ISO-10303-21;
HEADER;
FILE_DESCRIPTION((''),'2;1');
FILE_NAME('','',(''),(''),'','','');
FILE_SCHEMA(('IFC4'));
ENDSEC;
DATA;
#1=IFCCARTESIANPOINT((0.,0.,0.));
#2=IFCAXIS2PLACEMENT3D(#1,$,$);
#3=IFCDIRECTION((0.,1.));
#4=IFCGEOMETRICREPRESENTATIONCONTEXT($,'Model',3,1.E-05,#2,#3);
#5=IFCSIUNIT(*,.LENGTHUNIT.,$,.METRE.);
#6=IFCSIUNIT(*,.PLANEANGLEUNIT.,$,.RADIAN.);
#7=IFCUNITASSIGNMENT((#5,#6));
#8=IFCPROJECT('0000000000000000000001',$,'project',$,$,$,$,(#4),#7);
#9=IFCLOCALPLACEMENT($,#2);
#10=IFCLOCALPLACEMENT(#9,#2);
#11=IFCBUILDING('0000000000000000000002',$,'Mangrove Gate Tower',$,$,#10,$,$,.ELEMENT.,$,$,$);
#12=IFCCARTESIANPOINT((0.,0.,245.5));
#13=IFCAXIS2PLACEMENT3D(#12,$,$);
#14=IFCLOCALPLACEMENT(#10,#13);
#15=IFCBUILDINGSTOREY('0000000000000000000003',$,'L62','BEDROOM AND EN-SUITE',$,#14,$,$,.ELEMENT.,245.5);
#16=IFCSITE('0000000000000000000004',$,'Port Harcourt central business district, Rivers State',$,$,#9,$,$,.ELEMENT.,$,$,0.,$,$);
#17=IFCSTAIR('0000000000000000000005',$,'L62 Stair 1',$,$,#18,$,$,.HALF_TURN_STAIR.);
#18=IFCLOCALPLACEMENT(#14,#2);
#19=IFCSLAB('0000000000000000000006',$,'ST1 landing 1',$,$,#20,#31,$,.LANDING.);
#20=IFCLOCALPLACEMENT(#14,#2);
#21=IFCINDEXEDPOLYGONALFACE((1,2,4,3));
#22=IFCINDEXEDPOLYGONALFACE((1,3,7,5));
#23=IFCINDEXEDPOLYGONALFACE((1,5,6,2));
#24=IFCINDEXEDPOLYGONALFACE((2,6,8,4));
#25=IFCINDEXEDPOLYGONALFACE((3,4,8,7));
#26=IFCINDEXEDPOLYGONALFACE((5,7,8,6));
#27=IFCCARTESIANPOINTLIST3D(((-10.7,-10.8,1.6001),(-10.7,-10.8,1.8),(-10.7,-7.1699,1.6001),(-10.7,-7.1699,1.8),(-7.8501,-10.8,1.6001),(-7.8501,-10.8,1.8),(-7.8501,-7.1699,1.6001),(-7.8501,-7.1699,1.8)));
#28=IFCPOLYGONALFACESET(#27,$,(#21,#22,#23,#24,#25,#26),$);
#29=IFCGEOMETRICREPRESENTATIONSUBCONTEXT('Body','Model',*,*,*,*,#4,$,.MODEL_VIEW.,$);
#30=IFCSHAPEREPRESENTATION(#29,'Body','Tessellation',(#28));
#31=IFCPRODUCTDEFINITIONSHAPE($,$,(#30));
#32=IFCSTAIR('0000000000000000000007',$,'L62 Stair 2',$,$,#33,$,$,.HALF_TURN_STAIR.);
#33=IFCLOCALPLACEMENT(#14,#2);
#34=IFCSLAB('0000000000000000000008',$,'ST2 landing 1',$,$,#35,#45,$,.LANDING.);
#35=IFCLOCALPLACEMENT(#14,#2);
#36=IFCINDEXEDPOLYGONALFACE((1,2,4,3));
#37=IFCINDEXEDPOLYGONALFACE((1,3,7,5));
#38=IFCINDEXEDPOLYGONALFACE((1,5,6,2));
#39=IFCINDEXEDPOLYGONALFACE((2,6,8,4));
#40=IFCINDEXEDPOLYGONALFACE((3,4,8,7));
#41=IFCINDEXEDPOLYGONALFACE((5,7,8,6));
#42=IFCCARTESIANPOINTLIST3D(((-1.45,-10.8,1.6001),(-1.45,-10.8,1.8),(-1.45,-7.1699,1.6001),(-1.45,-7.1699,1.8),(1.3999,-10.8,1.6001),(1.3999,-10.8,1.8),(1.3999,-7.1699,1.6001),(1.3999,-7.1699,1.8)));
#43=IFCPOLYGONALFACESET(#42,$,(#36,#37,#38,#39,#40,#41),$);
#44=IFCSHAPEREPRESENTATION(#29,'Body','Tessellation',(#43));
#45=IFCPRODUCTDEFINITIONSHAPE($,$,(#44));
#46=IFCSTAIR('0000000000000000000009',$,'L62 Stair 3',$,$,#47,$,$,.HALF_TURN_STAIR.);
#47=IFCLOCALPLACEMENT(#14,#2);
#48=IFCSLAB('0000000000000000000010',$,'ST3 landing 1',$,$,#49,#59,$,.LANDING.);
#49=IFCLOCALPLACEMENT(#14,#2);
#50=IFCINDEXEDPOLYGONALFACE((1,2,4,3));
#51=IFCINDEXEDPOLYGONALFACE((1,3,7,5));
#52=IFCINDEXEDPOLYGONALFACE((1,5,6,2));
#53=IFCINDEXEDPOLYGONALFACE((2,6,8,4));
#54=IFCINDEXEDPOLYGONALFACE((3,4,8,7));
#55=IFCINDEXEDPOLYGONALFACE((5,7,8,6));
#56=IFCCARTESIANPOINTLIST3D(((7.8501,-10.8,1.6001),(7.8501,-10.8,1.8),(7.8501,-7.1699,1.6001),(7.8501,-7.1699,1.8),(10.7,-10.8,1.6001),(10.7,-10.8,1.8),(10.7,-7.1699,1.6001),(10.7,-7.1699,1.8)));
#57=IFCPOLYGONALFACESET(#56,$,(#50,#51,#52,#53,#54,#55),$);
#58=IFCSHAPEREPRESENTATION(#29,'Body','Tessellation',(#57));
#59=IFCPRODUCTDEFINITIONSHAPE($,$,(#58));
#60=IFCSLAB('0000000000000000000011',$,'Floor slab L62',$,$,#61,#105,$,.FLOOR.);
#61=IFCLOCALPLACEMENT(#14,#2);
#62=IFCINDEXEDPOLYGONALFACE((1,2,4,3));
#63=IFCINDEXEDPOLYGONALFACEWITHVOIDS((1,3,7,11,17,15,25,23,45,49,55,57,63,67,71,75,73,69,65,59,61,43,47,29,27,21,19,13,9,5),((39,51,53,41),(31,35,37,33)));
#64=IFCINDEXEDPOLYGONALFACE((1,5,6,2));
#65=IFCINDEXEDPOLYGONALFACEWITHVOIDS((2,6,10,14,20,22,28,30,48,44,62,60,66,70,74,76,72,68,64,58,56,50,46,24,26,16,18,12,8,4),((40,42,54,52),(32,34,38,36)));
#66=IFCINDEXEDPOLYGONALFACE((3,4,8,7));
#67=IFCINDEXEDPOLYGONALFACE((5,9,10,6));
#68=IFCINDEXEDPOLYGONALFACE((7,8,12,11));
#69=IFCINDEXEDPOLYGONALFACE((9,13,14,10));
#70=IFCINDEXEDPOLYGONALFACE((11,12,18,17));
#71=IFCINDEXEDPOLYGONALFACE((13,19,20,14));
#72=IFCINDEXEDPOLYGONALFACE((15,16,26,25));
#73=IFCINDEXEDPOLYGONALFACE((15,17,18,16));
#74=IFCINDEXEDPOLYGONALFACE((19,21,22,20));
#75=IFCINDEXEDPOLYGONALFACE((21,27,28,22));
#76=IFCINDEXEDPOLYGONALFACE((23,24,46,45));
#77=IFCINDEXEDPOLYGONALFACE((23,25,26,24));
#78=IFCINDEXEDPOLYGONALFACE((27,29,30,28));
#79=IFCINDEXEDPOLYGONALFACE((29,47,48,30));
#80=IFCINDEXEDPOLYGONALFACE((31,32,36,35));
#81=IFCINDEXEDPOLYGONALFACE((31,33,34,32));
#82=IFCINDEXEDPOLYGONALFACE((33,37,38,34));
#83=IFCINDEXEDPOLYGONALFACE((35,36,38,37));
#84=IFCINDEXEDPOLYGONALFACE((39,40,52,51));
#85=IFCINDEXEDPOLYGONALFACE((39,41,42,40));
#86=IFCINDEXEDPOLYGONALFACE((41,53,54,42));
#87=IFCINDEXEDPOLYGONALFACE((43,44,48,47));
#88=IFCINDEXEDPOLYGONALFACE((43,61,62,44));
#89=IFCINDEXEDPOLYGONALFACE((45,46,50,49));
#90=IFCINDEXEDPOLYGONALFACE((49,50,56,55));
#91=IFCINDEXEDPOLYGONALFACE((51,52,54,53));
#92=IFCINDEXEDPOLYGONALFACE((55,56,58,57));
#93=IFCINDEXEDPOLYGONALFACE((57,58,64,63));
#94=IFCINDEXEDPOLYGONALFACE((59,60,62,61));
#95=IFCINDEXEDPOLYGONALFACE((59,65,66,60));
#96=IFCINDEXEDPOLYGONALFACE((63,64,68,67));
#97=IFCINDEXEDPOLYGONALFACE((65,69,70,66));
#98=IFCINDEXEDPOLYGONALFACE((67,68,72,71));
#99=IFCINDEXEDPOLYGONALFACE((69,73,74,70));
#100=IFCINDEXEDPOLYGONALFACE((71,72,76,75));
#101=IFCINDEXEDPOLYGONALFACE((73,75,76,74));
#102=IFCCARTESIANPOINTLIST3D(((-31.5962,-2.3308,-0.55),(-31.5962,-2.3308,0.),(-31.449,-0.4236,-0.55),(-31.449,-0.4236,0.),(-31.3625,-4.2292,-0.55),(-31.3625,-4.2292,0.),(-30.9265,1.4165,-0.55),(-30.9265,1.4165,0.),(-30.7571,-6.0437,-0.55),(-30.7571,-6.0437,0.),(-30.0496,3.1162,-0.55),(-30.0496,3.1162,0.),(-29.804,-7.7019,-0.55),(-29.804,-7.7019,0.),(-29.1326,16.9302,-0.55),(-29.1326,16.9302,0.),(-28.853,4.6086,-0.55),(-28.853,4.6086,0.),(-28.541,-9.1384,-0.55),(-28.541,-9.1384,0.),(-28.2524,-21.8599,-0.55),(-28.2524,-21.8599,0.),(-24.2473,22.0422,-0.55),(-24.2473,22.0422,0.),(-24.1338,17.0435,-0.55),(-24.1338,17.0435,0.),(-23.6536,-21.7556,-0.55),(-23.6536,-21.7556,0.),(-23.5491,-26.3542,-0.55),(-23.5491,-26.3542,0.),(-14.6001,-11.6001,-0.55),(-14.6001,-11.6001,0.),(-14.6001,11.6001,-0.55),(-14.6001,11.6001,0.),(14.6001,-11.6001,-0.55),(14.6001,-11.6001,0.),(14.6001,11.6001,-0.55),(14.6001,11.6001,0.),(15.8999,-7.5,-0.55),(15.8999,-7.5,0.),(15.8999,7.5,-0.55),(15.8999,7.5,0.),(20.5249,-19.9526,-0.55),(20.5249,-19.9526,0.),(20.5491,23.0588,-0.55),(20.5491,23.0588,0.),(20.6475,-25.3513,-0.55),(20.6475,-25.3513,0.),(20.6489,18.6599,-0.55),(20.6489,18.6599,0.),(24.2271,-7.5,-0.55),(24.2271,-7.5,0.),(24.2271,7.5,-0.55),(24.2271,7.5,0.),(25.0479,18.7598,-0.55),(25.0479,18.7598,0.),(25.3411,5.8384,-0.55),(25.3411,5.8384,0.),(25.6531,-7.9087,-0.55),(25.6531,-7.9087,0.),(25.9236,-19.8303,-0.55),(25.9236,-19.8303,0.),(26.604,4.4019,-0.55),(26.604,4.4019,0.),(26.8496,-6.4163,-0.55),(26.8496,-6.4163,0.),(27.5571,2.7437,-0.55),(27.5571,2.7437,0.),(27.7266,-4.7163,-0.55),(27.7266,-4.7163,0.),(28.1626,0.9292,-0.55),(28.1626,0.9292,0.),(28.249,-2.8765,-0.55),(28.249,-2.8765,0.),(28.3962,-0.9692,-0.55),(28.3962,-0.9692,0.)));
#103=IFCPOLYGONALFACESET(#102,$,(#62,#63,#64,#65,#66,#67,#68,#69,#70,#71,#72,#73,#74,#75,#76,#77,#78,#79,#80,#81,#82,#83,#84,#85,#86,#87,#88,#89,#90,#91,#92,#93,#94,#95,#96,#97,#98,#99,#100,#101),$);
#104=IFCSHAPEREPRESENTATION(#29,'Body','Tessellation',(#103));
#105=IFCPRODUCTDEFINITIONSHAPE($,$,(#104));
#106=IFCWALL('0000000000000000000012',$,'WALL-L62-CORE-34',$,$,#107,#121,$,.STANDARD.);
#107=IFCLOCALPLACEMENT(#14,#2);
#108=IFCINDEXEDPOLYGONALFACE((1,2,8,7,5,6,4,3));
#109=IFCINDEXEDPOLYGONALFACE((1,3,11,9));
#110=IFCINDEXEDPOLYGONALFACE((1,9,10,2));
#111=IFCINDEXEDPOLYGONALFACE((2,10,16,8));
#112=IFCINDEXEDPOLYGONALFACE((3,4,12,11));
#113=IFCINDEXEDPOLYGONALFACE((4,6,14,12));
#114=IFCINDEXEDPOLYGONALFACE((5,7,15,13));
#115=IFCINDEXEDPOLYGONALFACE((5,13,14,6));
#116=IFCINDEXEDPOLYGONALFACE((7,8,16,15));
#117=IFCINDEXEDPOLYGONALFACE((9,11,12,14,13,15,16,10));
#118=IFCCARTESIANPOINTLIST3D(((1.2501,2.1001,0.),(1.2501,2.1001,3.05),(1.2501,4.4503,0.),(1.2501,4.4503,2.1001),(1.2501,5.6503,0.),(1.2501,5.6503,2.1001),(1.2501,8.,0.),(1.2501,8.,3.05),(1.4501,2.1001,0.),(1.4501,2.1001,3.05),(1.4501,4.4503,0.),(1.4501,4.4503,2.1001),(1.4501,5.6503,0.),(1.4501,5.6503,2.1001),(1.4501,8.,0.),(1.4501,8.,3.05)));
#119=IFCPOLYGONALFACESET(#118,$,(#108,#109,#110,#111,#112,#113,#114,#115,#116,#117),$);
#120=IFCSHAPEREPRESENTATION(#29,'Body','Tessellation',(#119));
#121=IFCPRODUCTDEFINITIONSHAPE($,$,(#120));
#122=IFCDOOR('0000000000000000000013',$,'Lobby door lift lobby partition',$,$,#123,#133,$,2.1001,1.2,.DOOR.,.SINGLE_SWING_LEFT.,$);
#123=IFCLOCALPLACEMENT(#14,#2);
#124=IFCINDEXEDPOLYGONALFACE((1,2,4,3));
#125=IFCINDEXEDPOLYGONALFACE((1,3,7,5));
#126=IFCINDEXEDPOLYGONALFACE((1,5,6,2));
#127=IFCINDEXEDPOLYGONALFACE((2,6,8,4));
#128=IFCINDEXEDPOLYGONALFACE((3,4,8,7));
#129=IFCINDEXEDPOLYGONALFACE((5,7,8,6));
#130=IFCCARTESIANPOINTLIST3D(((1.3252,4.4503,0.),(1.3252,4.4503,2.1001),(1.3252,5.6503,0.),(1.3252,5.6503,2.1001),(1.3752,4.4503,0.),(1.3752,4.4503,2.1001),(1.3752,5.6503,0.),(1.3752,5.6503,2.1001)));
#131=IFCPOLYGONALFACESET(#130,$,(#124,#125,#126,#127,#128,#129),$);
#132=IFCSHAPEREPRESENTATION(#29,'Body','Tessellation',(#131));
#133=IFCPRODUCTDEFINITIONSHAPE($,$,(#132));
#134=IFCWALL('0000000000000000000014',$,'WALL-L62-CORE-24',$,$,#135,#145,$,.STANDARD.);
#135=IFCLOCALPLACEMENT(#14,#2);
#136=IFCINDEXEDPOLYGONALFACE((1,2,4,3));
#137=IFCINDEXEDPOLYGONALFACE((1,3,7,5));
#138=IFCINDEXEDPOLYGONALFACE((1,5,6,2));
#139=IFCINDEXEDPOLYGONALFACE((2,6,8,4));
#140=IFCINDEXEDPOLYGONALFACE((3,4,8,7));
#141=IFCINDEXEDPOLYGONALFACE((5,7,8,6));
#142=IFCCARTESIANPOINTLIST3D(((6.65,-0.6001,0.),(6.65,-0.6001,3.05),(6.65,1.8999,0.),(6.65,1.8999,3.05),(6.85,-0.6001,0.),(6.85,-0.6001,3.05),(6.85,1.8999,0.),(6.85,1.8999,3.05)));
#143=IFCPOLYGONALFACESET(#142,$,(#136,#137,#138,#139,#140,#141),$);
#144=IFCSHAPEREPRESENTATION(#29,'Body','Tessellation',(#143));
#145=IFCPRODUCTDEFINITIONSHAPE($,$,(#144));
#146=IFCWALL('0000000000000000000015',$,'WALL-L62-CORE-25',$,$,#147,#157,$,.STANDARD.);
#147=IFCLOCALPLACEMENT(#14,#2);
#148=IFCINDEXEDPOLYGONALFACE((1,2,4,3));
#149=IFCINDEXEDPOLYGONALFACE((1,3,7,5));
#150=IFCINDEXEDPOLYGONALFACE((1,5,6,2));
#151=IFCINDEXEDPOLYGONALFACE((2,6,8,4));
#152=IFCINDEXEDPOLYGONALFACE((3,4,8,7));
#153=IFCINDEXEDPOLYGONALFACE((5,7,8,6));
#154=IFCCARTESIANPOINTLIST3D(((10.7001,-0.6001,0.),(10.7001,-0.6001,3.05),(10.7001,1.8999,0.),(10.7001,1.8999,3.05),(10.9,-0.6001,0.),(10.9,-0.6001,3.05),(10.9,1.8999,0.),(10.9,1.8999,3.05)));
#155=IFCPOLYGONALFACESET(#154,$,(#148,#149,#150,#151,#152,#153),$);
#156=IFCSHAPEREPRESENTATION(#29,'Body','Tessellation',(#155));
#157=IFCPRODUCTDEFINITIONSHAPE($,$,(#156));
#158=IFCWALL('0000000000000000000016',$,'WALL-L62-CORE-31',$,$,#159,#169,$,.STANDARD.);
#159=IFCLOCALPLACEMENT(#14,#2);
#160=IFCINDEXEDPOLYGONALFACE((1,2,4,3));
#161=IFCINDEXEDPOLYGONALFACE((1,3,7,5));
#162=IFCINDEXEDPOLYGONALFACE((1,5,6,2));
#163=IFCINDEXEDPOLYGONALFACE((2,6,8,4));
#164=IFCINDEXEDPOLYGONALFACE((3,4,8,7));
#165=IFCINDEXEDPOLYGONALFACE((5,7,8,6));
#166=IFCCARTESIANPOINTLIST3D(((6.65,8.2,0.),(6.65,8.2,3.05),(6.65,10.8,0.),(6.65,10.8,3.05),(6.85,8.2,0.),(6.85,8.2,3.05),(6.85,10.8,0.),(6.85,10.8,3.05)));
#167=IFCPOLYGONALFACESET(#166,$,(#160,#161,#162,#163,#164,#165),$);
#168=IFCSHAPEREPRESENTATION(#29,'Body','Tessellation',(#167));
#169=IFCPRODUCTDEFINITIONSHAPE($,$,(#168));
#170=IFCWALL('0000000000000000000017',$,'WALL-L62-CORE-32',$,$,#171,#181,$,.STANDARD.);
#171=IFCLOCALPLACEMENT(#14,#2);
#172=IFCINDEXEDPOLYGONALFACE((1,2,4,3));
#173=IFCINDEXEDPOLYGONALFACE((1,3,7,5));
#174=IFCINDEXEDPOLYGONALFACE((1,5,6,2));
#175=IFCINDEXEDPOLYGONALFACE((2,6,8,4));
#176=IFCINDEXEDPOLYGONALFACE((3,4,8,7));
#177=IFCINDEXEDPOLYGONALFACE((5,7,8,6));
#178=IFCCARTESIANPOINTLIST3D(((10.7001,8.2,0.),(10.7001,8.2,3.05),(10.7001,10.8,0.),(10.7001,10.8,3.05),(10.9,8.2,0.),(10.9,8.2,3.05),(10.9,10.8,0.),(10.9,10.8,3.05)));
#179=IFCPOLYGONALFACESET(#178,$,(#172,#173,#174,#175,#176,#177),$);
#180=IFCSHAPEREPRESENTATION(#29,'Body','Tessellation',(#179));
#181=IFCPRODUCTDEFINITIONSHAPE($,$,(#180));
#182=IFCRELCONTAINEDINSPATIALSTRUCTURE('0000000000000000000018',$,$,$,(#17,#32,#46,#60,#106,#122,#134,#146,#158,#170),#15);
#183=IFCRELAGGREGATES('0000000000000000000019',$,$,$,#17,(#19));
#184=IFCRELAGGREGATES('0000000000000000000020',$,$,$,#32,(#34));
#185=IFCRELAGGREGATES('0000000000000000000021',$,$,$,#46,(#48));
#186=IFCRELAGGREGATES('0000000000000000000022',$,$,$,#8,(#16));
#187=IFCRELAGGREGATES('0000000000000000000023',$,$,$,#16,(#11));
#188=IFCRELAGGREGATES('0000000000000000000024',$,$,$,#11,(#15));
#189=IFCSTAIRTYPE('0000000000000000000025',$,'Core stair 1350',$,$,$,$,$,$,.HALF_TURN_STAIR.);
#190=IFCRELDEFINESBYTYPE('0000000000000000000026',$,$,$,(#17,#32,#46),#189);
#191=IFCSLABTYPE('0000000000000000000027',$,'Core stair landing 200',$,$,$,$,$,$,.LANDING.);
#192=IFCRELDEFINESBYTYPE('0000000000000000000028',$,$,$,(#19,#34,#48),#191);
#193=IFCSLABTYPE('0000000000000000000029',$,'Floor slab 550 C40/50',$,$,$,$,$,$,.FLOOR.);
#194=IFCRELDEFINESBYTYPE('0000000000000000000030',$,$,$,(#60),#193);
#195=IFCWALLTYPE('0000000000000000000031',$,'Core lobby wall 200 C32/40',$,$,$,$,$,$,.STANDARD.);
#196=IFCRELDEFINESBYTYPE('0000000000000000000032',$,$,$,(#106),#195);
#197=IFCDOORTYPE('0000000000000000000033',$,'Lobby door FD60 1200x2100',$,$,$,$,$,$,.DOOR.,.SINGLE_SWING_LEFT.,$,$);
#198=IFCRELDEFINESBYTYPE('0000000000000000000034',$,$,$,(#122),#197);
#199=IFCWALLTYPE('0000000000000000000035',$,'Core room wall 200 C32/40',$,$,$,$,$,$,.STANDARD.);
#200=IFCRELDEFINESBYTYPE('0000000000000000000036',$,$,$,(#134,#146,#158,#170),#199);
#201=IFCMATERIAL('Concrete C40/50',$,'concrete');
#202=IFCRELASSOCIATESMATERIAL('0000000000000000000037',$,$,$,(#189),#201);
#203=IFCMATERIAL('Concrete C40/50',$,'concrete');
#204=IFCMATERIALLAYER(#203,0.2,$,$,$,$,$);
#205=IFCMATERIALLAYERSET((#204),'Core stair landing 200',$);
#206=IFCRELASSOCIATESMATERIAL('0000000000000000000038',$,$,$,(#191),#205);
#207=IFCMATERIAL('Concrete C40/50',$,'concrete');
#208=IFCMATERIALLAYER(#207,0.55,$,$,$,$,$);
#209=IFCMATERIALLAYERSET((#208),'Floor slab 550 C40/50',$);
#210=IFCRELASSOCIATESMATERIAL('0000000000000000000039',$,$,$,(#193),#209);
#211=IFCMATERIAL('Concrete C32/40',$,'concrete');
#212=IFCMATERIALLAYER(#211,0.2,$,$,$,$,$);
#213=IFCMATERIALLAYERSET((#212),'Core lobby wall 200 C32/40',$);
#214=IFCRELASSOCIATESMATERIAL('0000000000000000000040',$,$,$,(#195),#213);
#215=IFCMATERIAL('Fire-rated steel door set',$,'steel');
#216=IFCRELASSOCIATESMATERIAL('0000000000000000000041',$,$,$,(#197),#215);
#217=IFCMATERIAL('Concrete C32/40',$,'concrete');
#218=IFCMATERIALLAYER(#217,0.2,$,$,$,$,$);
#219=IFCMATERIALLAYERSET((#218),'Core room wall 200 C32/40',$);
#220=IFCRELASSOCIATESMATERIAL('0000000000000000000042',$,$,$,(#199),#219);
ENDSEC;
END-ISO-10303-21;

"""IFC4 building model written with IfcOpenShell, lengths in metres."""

from ifc_helpers import new_model, si_unit, direction, frame, frame_2d, origin, place, context, subcontext, project, spatial, polyline, rectangle, outline, extrude, material, layer, layer_set, type_object, element, fill, aggregate, save


model = new_model("IFC4")

# Units and contexts
model_context = context("Model", 3, precision=1e-05, world=origin(), true_north=direction((0.0, 1.0)))
body_context = subcontext(model_context, "Body", "Model", "MODEL_VIEW")
ifc_project = project(units=[si_unit("LENGTHUNIT", "METRE"), si_unit("PLANEANGLEUNIT", "RADIAN")], contexts=[model_context])

# Site, building, storey
site_placement = place(None, origin())
site = spatial("IfcSite", under=ifc_project, at=site_placement, Name="Port Harcourt central business district, Rivers State", CompositionType="ELEMENT", RefElevation=0.0)
building_placement = place(site_placement, origin())
building = spatial("IfcBuilding", under=site, at=building_placement, Name="Mangrove Gate Tower", CompositionType="ELEMENT")
storey_placement = place(building_placement, frame((0.0, 0.0, 245.5)))
storey = spatial("IfcBuildingStorey", under=building, at=storey_placement, Name="L62", Description="BEDROOM AND EN-SUITE", CompositionType="ELEMENT", Elevation=245.5)

# Stairs, slabs
ifc_material_1 = material(Name="Concrete C40/50", Category="concrete")
stair_type = type_object("IfcStairType", Name="Core stair 1350", PredefinedType="HALF_TURN_STAIR", material=ifc_material_1)
stair_1_placement = place(storey_placement, origin())
stair_1 = element("IfcStair", 1, at=stair_1_placement, inside=storey, type_object=stair_type, Name="L62 Stair 1", PredefinedType="HALF_TURN_STAIR")
ifc_material_2 = material(Name="Concrete C40/50", Category="concrete")
ifc_layer_1 = layer(ifc_material_2, 0.2)
ifc_layer_set_1 = layer_set([ifc_layer_1], Name="Core stair landing 200")
slab_type_1 = type_object("IfcSlabType", Name="Core stair landing 200", PredefinedType="LANDING", material=ifc_layer_set_1)
slab_1_placement = place(storey_placement, frame((0.0, 0.0, 1.6001)))
slab_1 = element("IfcSlab", 2, at=slab_1_placement, type_object=slab_type_1, Name="ST1 landing 1", PredefinedType="LANDING", context=body_context, shape_type="SweptSolid", body=[
    extrude(outline(polyline([(-10.7, -7.1699), (-10.7, -10.8), (-7.8501, -10.8), (-7.8501, -7.1699), (-10.7, -7.1699)])), origin(), (0.0, 0.0, 1.0), 0.2),
])
aggregate(stair_1, [slab_1])
stair_2_placement = place(storey_placement, origin())
stair_2 = element("IfcStair", 3, at=stair_2_placement, inside=storey, type_object=stair_type, Name="L62 Stair 2", PredefinedType="HALF_TURN_STAIR")
slab_2_placement = place(storey_placement, frame((0.0, 0.0, 1.6001)))
slab_2 = element("IfcSlab", 4, at=slab_2_placement, type_object=slab_type_1, Name="ST2 landing 1", PredefinedType="LANDING", context=body_context, shape_type="SweptSolid", body=[
    extrude(outline(polyline([(-1.45, -7.1699), (-1.45, -10.8), (1.3999, -10.8), (1.3999, -7.1699), (-1.45, -7.1699)])), origin(), (0.0, 0.0, 1.0), 0.2),
])
aggregate(stair_2, [slab_2])
stair_3_placement = place(storey_placement, origin())
stair_3 = element("IfcStair", 5, at=stair_3_placement, inside=storey, type_object=stair_type, Name="L62 Stair 3", PredefinedType="HALF_TURN_STAIR")
slab_3_placement = place(storey_placement, frame((0.0, 0.0, 1.6001)))
slab_3 = element("IfcSlab", 6, at=slab_3_placement, type_object=slab_type_1, Name="ST3 landing 1", PredefinedType="LANDING", context=body_context, shape_type="SweptSolid", body=[
    extrude(outline(polyline([(7.8501, -7.1699), (7.8501, -10.8), (10.7, -10.8), (10.7, -7.1699), (7.8501, -7.1699)])), origin(), (0.0, 0.0, 1.0), 0.2),
])
aggregate(stair_3, [slab_3])

# Slab
ifc_material_3 = material(Name="Concrete C40/50", Category="concrete")
ifc_layer_2 = layer(ifc_material_3, 0.55)
ifc_layer_set_2 = layer_set([ifc_layer_2], Name="Floor slab 550 C40/50")
slab_type_2 = type_object("IfcSlabType", Name="Floor slab 550 C40/50", PredefinedType="FLOOR", material=ifc_layer_set_2)
slab_4_placement = place(storey_placement, frame((0.0, 0.0, -0.55)))
element("IfcSlab", 7, at=slab_4_placement, inside=storey, type_object=slab_type_2, Name="Floor slab L62", PredefinedType="FLOOR", context=body_context, shape_type="SweptSolid", body=[
    extrude(outline(polyline([(-23.5491, -26.3542), (20.6475, -25.3513), (20.5249, -19.9526), (25.9236, -19.8303), (25.6531, -7.9087), (26.8496, -6.4163), (27.7266, -4.7163), (28.249, -2.8765), (28.3962, -0.9692), (28.1626, 0.9292), (27.5571, 2.7437), (26.604, 4.4019), (25.3411, 5.8384), (25.0479, 18.7598), (20.6489, 18.6599), (20.5491, 23.0588), (-24.2473, 22.0422), (-24.1338, 17.0435), (-29.1326, 16.9302), (-28.853, 4.6086), (-30.0496, 3.1162), (-30.9265, 1.4165), (-31.449, -0.4236), (-31.5962, -2.3308), (-31.3625, -4.2292), (-30.7571, -6.0437), (-29.804, -7.7019), (-28.541, -9.1384), (-28.2524, -21.8599), (-23.6536, -21.7556), (-23.5491, -26.3542)]), holes=[polyline([(15.8999, 7.5), (24.2271, 7.5), (24.2271, -7.5), (15.8999, -7.5), (15.8999, 7.5)]), polyline([(-14.6001, -11.6001), (-14.6001, 11.6001), (14.6001, 11.6001), (14.6001, -11.6001), (-14.6001, -11.6001)])]), origin(), (0.0, 0.0, 1.0), 0.55),
])

# Wall, opening, door
ifc_material_4 = material(Name="Concrete C32/40", Category="concrete")
ifc_layer_3 = layer(ifc_material_4, 0.2)
ifc_layer_set_3 = layer_set([ifc_layer_3], Name="Core lobby wall 200 C32/40")
wall_type_1 = type_object("IfcWallType", Name="Core lobby wall 200 C32/40", PredefinedType="STANDARD", material=ifc_layer_set_3)
wall_1_placement = place(storey_placement, frame((1.3501, 2.1001, 0.0), z_axis=(0.0, 0.0, 1.0), x_axis=(0.0, 1.0, 0.0)))
wall_1 = element("IfcWall", 8, at=wall_1_placement, inside=storey, type_object=wall_type_1, Name="WALL-L62-CORE-34", PredefinedType="STANDARD", context=body_context, shape_type="SweptSolid", body=[
    extrude(rectangle(XDim=5.8999, YDim=0.2, at=frame_2d((2.95, 0.0))), origin(), (0.0, 0.0, 1.0), 3.05),
])
opening_1_placement = place(wall_1_placement, frame((2.3501, 0.0, 0.0)))
opening_1 = element("IfcOpeningElement", 9, at=opening_1_placement, cuts=wall_1, PredefinedType="OPENING", context=body_context, shape_type="SweptSolid", body=[
    extrude(rectangle(XDim=1.2, YDim=2.1001, at=frame_2d((0.6001, 1.05))), frame((0.0, 0.1099, 0.0), z_axis=(0.0, -1.0, 0.0), x_axis=(1.0, 0.0, 0.0)), (0.0, 0.0, 1.0), 0.22),
])
ifc_material_5 = material(Name="Fire-rated steel door set", Category="steel")
door_type_1 = type_object("IfcDoorType", Name="Lobby door FD60 1200x2100", OperationType="SINGLE_SWING_LEFT", PredefinedType="DOOR", material=ifc_material_5)
door_1_placement = place(opening_1_placement, origin())
door_1 = element("IfcDoor", 10, at=door_1_placement, inside=storey, type_object=door_type_1, Name="Lobby door lift lobby partition", OperationType="SINGLE_SWING_LEFT", OverallHeight=2.1001, OverallWidth=1.2, PredefinedType="DOOR", context=body_context, shape_type="SweptSolid", body=[
    extrude(rectangle(XDim=1.2, YDim=2.1001, at=frame_2d((0.6001, 1.05))), frame((0.0, 0.0249, 0.0), z_axis=(0.0, -1.0, 0.0), x_axis=(1.0, 0.0, 0.0)), (0.0, 0.0, 1.0), 0.05),
])
fill(opening_1, door_1)

# Walls
ifc_material_6 = material(Name="Concrete C32/40", Category="concrete")
ifc_layer_4 = layer(ifc_material_6, 0.2)
ifc_layer_set_4 = layer_set([ifc_layer_4], Name="Core room wall 200 C32/40")
wall_type_2 = type_object("IfcWallType", Name="Core room wall 200 C32/40", PredefinedType="STANDARD", material=ifc_layer_set_4)
for number, where, z_axis, x_axis, name in (
    (11, (6.75, -0.6001, 0.0), (0.0, 0.0, 1.0), (0.0, 1.0, 0.0), "WALL-L62-CORE-24"),
    (12, (10.8, -0.6001, 0.0), (0.0, 0.0, 1.0), (0.0, 1.0, 0.0), "WALL-L62-CORE-25"),
):
    element("IfcWall", number, at=place(storey_placement, frame(where, z_axis=z_axis, x_axis=x_axis)), inside=storey, type_object=wall_type_2, Name=name, PredefinedType="STANDARD", context=body_context, shape_type="SweptSolid", body=[
        extrude(rectangle(XDim=2.5, YDim=0.2, at=frame_2d((1.25, 0.0))), origin(), (0.0, 0.0, 1.0), 3.05),
    ])
for number, where, z_axis, x_axis, name in (
    (13, (6.75, 8.2, 0.0), (0.0, 0.0, 1.0), (0.0, 1.0, 0.0), "WALL-L62-CORE-31"),
    (14, (10.8, 8.2, 0.0), (0.0, 0.0, 1.0), (0.0, 1.0, 0.0), "WALL-L62-CORE-32"),
):
    element("IfcWall", number, at=place(storey_placement, frame(where, z_axis=z_axis, x_axis=x_axis)), inside=storey, type_object=wall_type_2, Name=name, PredefinedType="STANDARD", context=body_context, shape_type="SweptSolid", body=[
        extrude(rectangle(XDim=2.6001, YDim=0.2, at=frame_2d((1.3, 0.0))), origin(), (0.0, 0.0, 1.0), 3.05),
    ])

save(model, "model.ifc")
